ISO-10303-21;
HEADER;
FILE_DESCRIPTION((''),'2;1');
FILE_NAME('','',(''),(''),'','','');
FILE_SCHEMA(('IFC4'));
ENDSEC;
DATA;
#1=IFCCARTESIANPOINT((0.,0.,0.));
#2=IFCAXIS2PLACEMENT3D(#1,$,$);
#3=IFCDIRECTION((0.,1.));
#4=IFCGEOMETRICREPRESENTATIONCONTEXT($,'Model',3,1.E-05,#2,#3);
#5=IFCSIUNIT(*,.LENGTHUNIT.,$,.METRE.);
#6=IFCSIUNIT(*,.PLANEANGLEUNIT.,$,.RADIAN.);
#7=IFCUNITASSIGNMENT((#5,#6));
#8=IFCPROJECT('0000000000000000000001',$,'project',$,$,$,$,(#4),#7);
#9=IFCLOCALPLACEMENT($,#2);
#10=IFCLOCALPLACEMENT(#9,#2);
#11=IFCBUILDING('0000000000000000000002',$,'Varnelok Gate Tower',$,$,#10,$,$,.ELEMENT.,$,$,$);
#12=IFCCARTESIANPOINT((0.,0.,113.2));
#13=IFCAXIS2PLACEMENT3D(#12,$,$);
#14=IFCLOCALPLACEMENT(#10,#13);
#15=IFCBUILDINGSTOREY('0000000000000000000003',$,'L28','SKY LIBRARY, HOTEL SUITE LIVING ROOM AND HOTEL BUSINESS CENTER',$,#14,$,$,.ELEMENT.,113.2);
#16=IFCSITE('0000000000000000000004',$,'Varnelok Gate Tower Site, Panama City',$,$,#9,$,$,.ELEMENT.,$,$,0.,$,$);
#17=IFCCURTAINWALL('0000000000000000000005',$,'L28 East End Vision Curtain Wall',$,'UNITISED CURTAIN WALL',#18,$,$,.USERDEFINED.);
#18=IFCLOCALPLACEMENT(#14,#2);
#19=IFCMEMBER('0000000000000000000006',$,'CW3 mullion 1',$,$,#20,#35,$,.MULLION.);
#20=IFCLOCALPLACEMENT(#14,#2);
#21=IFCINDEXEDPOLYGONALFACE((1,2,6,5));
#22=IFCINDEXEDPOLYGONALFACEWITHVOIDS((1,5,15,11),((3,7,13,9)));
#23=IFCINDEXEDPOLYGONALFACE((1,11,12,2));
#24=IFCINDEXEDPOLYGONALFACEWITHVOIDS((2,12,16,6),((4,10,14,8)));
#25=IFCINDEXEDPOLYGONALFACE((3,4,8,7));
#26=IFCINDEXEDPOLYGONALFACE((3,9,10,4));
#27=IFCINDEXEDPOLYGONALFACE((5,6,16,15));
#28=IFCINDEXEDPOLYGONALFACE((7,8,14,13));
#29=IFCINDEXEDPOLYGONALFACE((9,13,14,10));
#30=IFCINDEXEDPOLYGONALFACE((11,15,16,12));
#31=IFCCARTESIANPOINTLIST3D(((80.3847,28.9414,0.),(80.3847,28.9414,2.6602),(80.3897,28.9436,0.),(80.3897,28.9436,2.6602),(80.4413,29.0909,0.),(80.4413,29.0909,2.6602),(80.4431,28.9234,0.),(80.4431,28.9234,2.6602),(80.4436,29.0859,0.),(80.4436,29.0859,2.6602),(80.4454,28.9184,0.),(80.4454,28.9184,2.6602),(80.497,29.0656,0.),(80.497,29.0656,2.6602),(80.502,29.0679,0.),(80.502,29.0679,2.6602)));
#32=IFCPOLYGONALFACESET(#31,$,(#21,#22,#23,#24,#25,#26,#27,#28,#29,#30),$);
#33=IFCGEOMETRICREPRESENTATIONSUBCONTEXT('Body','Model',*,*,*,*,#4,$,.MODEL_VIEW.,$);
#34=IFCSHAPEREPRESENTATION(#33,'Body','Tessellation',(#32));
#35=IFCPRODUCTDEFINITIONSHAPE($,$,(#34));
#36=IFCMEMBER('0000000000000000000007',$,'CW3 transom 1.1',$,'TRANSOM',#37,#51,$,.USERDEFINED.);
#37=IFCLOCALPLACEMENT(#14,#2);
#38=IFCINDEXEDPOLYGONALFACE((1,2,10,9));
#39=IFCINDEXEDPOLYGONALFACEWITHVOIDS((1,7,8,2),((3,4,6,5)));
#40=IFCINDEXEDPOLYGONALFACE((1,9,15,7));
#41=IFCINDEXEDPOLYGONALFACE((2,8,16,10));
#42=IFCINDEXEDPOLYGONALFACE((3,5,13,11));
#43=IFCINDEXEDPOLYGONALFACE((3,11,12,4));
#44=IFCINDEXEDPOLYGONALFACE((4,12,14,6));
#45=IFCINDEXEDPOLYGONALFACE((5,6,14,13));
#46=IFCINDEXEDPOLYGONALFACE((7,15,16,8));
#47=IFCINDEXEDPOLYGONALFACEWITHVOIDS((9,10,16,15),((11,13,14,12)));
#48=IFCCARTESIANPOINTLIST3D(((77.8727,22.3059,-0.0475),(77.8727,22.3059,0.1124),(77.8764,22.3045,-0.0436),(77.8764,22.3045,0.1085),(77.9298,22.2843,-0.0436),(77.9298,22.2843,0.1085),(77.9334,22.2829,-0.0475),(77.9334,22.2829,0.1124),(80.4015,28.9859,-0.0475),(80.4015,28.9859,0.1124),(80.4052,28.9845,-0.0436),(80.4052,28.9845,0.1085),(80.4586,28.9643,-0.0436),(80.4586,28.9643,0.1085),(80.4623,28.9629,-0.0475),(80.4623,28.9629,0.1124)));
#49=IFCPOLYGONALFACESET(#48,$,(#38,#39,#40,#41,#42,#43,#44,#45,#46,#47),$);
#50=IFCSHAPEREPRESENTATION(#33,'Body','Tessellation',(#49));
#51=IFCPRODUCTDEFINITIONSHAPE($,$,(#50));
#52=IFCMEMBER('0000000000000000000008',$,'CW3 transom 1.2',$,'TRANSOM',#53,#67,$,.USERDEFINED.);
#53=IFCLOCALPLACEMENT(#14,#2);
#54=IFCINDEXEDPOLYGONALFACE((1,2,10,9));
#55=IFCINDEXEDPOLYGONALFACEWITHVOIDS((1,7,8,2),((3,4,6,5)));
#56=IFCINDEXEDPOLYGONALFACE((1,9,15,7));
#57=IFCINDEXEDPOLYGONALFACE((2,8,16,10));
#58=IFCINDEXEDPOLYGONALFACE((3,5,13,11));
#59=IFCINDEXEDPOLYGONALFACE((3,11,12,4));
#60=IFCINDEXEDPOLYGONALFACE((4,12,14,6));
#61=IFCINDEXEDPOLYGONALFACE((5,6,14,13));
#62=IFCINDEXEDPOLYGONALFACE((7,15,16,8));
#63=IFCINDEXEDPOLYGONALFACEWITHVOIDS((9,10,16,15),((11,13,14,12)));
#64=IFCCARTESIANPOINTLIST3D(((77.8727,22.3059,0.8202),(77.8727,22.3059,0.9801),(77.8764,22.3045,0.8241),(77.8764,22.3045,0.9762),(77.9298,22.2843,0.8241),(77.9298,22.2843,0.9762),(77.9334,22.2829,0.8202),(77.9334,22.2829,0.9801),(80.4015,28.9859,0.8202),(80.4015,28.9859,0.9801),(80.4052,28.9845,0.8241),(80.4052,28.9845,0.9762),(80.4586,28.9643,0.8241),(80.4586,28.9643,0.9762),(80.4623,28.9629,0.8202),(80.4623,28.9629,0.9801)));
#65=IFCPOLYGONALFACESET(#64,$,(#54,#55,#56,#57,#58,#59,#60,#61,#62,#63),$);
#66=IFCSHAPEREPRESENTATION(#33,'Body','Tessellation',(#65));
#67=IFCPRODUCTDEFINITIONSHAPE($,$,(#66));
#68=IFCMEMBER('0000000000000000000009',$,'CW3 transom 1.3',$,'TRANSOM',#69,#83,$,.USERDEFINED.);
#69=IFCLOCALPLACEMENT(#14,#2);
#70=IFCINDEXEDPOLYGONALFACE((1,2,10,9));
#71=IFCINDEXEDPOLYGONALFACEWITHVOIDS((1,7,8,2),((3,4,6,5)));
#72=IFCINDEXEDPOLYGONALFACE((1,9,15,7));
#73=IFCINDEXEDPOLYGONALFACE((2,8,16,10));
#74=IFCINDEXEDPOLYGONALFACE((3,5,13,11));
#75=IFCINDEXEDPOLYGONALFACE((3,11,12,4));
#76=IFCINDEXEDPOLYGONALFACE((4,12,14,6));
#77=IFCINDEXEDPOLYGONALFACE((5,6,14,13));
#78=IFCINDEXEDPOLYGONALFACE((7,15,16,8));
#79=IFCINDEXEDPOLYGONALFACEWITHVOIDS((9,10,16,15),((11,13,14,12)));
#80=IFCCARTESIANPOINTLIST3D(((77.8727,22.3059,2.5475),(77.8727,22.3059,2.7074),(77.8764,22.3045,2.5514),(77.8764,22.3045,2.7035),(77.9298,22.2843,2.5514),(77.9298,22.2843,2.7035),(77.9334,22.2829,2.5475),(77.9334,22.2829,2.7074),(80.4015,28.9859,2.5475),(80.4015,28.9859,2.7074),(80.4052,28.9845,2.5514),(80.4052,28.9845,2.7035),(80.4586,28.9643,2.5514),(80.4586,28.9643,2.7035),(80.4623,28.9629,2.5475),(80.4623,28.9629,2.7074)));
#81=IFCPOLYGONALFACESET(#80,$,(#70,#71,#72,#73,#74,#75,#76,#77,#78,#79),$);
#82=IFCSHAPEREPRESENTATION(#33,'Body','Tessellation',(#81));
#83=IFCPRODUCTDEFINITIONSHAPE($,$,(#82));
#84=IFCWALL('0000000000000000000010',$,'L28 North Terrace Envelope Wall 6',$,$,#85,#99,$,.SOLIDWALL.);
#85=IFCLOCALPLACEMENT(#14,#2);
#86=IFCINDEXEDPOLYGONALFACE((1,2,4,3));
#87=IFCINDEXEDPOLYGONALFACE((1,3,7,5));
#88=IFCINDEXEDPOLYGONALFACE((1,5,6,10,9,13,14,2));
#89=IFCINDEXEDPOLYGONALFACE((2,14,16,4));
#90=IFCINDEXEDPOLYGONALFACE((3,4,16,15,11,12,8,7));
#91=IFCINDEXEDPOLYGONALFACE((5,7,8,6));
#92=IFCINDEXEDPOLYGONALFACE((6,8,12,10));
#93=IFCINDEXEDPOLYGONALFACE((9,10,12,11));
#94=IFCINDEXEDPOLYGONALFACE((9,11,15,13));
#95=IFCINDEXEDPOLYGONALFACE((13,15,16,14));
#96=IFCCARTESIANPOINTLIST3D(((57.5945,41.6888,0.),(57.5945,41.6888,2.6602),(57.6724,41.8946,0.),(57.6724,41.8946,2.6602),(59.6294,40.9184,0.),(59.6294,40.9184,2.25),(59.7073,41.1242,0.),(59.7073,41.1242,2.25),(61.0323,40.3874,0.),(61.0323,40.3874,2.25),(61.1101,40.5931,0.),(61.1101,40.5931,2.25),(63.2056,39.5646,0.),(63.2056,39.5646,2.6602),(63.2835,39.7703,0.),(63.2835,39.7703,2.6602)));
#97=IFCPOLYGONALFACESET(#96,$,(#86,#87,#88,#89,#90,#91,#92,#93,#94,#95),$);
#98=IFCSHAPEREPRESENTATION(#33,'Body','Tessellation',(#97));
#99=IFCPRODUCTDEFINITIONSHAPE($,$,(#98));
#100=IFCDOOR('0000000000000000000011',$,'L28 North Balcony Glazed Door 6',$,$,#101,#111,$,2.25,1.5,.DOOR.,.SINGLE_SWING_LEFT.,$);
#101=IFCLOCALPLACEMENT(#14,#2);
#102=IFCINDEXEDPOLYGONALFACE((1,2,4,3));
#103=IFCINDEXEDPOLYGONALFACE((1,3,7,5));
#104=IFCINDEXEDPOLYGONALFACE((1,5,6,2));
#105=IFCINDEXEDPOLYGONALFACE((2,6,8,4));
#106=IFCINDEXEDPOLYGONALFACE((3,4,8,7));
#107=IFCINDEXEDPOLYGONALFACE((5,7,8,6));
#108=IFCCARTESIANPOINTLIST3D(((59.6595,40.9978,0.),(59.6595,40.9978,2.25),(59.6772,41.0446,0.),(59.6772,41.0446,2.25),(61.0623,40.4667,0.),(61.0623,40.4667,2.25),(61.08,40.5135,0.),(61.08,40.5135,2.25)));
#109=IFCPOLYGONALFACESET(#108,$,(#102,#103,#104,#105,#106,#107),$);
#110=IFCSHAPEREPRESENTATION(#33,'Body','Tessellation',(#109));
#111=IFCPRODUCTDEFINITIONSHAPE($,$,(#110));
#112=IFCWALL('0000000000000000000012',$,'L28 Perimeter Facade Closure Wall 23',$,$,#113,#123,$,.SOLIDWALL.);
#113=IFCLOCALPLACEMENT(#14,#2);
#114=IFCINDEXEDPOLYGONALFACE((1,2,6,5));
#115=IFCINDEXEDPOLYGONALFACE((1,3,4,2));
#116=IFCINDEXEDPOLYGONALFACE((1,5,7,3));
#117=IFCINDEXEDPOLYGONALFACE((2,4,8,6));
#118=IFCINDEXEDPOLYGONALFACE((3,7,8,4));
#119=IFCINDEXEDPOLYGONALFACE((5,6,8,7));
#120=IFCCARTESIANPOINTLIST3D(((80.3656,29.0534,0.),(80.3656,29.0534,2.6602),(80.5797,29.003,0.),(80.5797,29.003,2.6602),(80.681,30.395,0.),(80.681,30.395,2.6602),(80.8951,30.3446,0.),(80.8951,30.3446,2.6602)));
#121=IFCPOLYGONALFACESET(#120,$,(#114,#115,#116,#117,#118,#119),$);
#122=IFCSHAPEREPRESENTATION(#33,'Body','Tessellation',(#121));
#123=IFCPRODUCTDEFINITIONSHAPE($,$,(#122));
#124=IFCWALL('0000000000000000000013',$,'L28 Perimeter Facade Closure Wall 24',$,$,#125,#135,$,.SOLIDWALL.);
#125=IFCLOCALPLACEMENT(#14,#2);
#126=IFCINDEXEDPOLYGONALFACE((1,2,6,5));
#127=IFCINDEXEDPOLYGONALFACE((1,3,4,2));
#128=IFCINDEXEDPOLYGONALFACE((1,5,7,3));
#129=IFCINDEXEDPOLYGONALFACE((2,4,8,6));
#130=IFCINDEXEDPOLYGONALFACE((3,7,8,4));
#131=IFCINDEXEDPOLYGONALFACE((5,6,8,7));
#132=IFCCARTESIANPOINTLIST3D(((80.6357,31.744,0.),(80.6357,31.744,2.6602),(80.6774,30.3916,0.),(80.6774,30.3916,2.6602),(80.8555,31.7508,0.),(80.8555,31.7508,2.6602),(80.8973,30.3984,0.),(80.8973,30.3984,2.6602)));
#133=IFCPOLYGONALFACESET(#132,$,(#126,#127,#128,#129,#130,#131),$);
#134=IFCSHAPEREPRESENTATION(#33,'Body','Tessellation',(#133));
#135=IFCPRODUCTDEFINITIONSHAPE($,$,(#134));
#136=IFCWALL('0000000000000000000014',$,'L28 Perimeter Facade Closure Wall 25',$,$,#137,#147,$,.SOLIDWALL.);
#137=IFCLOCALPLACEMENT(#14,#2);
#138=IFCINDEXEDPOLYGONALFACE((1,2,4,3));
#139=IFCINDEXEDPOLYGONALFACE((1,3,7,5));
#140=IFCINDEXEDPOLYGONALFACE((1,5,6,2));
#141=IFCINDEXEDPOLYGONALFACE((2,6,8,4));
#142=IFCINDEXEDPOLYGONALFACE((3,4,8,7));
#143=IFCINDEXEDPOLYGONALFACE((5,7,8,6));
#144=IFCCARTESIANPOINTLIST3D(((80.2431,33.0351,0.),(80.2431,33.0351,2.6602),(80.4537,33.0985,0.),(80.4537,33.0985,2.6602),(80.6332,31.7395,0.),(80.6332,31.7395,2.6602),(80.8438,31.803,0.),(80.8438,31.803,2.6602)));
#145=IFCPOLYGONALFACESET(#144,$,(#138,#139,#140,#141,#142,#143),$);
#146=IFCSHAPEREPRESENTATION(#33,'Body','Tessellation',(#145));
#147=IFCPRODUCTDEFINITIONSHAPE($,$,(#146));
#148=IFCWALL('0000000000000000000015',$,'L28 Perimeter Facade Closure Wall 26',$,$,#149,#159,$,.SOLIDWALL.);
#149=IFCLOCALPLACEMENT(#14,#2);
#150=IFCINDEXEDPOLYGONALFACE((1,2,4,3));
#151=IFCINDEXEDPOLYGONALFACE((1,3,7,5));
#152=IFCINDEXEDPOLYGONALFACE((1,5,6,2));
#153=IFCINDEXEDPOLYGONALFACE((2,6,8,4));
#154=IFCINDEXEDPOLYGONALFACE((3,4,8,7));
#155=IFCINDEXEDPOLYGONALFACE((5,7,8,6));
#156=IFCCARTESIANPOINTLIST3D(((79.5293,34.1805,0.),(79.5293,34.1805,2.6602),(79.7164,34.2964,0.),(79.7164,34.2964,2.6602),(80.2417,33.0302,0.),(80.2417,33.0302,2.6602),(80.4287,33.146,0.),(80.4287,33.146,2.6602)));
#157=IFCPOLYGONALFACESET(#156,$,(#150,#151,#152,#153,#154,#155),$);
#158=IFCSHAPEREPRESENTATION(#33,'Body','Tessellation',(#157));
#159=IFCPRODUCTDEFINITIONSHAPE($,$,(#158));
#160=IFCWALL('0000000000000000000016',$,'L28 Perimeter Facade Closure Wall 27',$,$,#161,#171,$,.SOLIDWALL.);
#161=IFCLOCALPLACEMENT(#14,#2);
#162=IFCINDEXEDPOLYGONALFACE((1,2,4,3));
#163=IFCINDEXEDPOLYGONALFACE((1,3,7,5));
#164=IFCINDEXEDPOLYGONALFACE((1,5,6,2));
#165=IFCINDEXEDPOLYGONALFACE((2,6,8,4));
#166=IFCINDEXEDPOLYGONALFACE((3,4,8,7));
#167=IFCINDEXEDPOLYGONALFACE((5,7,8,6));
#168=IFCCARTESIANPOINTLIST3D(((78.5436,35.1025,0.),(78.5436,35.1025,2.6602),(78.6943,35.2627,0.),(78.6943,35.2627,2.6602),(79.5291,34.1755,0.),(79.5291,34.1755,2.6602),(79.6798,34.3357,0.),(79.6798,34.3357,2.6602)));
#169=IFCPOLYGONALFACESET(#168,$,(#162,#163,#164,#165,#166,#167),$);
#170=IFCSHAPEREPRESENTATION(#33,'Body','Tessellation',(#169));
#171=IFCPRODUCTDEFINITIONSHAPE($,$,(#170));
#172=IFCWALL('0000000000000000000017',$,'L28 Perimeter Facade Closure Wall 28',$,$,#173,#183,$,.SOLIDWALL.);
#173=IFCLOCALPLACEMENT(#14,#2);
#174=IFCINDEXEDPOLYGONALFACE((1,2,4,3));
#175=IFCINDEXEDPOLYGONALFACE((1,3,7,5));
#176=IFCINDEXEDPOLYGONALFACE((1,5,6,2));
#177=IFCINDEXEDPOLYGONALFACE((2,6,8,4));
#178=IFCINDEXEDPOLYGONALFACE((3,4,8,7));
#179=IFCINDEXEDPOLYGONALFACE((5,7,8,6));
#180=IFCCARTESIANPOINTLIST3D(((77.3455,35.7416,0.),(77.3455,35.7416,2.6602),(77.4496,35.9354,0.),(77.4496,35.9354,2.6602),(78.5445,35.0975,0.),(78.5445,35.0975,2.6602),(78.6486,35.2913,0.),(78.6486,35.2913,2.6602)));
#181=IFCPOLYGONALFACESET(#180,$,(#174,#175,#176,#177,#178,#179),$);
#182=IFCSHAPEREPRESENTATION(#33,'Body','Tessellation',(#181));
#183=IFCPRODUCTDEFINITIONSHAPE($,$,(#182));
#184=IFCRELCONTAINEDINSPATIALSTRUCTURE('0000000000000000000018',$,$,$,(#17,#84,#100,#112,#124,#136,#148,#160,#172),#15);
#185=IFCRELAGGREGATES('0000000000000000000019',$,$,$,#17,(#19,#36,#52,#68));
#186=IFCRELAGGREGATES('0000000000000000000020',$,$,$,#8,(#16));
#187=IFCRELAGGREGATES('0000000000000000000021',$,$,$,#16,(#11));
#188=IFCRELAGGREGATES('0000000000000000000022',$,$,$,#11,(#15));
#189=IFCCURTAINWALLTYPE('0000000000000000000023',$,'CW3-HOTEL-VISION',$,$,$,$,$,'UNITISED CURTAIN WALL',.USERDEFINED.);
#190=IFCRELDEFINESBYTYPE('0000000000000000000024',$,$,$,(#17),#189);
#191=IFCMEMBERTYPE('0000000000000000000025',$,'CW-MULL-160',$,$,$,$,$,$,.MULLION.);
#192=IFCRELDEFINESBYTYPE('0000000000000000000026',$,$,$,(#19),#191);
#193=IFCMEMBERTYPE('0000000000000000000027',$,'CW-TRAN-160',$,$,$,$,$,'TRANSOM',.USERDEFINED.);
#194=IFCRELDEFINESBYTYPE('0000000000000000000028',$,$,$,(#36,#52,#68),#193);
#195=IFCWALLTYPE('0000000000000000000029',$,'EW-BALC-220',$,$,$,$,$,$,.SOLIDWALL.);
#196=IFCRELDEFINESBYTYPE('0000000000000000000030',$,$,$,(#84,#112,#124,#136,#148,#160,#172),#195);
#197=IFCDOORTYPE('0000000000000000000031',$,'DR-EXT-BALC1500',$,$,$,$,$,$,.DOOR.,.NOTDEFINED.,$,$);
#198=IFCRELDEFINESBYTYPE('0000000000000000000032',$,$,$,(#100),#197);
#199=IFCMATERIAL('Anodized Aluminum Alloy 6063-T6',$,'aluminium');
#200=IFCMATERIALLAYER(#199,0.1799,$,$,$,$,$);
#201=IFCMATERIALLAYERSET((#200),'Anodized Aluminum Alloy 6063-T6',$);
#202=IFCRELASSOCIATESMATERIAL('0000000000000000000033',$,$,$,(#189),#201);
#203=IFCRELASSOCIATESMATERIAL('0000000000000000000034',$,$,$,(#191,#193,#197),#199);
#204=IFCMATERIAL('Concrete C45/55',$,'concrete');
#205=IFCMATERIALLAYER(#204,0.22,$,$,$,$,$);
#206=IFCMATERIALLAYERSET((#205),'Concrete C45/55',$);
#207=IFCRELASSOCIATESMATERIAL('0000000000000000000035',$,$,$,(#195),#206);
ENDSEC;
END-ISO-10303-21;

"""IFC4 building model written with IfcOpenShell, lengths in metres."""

from ifc_helpers import new_model, si_unit, direction, frame, frame_2d, origin, origin_2d, place, context, subcontext, project, spatial, rectangle, hollow_rectangle, extrude, material, layer, layer_set, material_profile, profile_set, type_object, element, fill, aggregate, save


model = new_model("IFC4")

# Units and contexts
model_context = context("Model", 3, precision=1e-05, world=origin(), true_north=direction((0.0, 1.0)))
body_context = subcontext(model_context, "Body", "Model", "MODEL_VIEW")
ifc_project = project(units=[si_unit("LENGTHUNIT", "METRE"), si_unit("PLANEANGLEUNIT", "RADIAN")], contexts=[model_context])

# Site, building, storey
site_placement = place(None, origin())
site = spatial("IfcSite", under=ifc_project, at=site_placement, Name="Varnelok Gate Tower Site, Panama City", CompositionType="ELEMENT", RefElevation=0.0)
building_placement = place(site_placement, origin())
building = spatial("IfcBuilding", under=site, at=building_placement, Name="Varnelok Gate Tower", CompositionType="ELEMENT")
storey_placement = place(building_placement, frame((0.0, 0.0, 113.2)))
storey = spatial("IfcBuildingStorey", under=building, at=storey_placement, Name="L28", Description="SKY LIBRARY, HOTEL SUITE LIVING ROOM AND HOTEL BUSINESS CENTER", CompositionType="ELEMENT", Elevation=113.2)

# Curtain wall, members
ifc_material_1 = material(Name="Anodized Aluminum Alloy 6063-T6", Category="aluminium")
ifc_layer_1 = layer(ifc_material_1, 0.1799)
ifc_layer_set_1 = layer_set([ifc_layer_1], Name="Anodized Aluminum Alloy 6063-T6")
curtain_wall_type = type_object("IfcCurtainWallType", Name="CW3-HOTEL-VISION", ElementType="UNITISED CURTAIN WALL", PredefinedType="USERDEFINED", material=ifc_layer_set_1)
curtain_wall_placement = place(storey_placement, origin())
curtain_wall = element("IfcCurtainWall", 1, at=curtain_wall_placement, inside=storey, type_object=curtain_wall_type, Name="L28 East End Vision Curtain Wall", ObjectType="UNITISED CURTAIN WALL", PredefinedType="USERDEFINED")
ifc_material_profile_1 = material_profile(ifc_material_1, hollow_rectangle(XDim=0.0649, YDim=0.1599, WallThickness=0.0039, at=origin_2d()), Name="ALU160X65X4")
ifc_profile_set_1 = profile_set([ifc_material_profile_1], Name="Anodized Aluminum Alloy 6063-T6")
member_type_1 = type_object("IfcMemberType", Name="CW-MULL-160", PredefinedType="MULLION", material=ifc_profile_set_1)
member_1_placement = place(storey_placement, frame((80.4434, 29.0046, 0.0), z_axis=(0.0, 0.0, 1.0), x_axis=(0.935221, -0.354064, 0.0)))
member_1 = element("IfcMember", 2, at=member_1_placement, type_object=member_type_1, Name="CW3 mullion 1", PredefinedType="MULLION", context=body_context, shape_type="SweptSolid", body=[
    extrude(hollow_rectangle(XDim=0.0649, YDim=0.1599, WallThickness=0.0039, at=origin_2d()), origin(), (0.0, 0.0, 1.0), 2.6602),
])
ifc_material_profile_2 = material_profile(ifc_material_1, hollow_rectangle(XDim=0.0649, YDim=0.1599, WallThickness=0.0039, at=origin_2d()), Name="ALU160X65X4")
ifc_profile_set_2 = profile_set([ifc_material_profile_2], Name="Anodized Aluminum Alloy 6063-T6")
member_type_2 = type_object("IfcMemberType", Name="CW-TRAN-160", ElementType="TRANSOM", PredefinedType="USERDEFINED", material=ifc_profile_set_2)
member_2_placement = place(storey_placement, frame((80.4319, 28.9744, 0.0325), z_axis=(-0.354047, -0.935228, 0.0), x_axis=(0.935228, -0.354047, 0.0)))
member_2 = element("IfcMember", 3, at=member_2_placement, type_object=member_type_2, Name="CW3 transom 1.1", ObjectType="TRANSOM", PredefinedType="USERDEFINED", context=body_context, shape_type="SweptSolid", body=[
    extrude(hollow_rectangle(XDim=0.0649, YDim=0.1599, WallThickness=0.0039, at=origin_2d()), origin(), (0.0, 0.0, 1.0), 7.1426),
])
member_3_placement = place(storey_placement, frame((80.4319, 28.9744, 0.9001), z_axis=(-0.354047, -0.935228, 0.0), x_axis=(0.935228, -0.354047, 0.0)))
member_3 = element("IfcMember", 4, at=member_3_placement, type_object=member_type_2, Name="CW3 transom 1.2", ObjectType="TRANSOM", PredefinedType="USERDEFINED", context=body_context, shape_type="SweptSolid", body=[
    extrude(hollow_rectangle(XDim=0.0649, YDim=0.1599, WallThickness=0.0039, at=origin_2d()), origin(), (0.0, 0.0, 1.0), 7.1426),
])
member_4_placement = place(storey_placement, frame((80.4319, 28.9744, 2.6274), z_axis=(-0.354047, -0.935228, 0.0), x_axis=(0.935228, -0.354047, 0.0)))
member_4 = element("IfcMember", 5, at=member_4_placement, type_object=member_type_2, Name="CW3 transom 1.3", ObjectType="TRANSOM", PredefinedType="USERDEFINED", context=body_context, shape_type="SweptSolid", body=[
    extrude(hollow_rectangle(XDim=0.0649, YDim=0.1599, WallThickness=0.0039, at=origin_2d()), origin(), (0.0, 0.0, 1.0), 7.1426),
])
aggregate(curtain_wall, [member_1, member_2, member_3, member_4])

# Wall, opening, door
ifc_material_2 = material(Name="Concrete C45/55", Category="concrete")
ifc_layer_2 = layer(ifc_material_2, 0.22)
ifc_layer_set_2 = layer_set([ifc_layer_2], Name="Concrete C45/55")
wall_type = type_object("IfcWallType", Name="EW-BALC-220", PredefinedType="SOLIDWALL", material=ifc_layer_set_2)
wall_1_placement = place(storey_placement, frame((57.6333, 41.7917, 0.0), z_axis=(0.0, 0.0, 1.0), x_axis=(0.935223, -0.35406, 0.0)))
wall_1 = element("IfcWall", 6, at=wall_1_placement, inside=storey, type_object=wall_type, Name="L28 North Terrace Envelope Wall 6", PredefinedType="SOLIDWALL", context=body_context, shape_type="SweptSolid", body=[
    extrude(rectangle(XDim=5.9998, YDim=0.22, at=frame_2d((3.0, 0.0))), origin(), (0.0, 0.0, 1.0), 2.6602),
])
opening_1_placement = place(wall_1_placement, frame((2.176, 0.0, 0.0)))
opening_1 = element("IfcOpeningElement", 7, at=opening_1_placement, cuts=wall_1, PredefinedType="OPENING", context=body_context, shape_type="SweptSolid", body=[
    extrude(rectangle(XDim=1.5, YDim=2.25, at=frame_2d((0.75, 1.125))), frame((0.0, 0.1199, 0.0), z_axis=(0.0, -1.0, 0.0), x_axis=(1.0, 0.0, 0.0)), (0.0, 0.0, 1.0), 0.24),
])
door_type = type_object("IfcDoorType", Name="DR-EXT-BALC1500", OperationType="NOTDEFINED", PredefinedType="DOOR", material=ifc_material_1)
door_placement = place(opening_1_placement, origin())
door = element("IfcDoor", 8, at=door_placement, inside=storey, type_object=door_type, Name="L28 North Balcony Glazed Door 6", OperationType="SINGLE_SWING_LEFT", OverallHeight=2.25, OverallWidth=1.5, PredefinedType="DOOR", context=body_context, shape_type="SweptSolid", body=[
    extrude(rectangle(XDim=1.5, YDim=2.25, at=frame_2d((0.75, 1.125))), frame((0.0, 0.0249, 0.0), z_axis=(0.0, -1.0, 0.0), x_axis=(1.0, 0.0, 0.0)), (0.0, 0.0, 1.0), 0.05),
])
fill(opening_1, door)

# Walls
wall_2_placement = place(storey_placement, frame((80.4727, 29.0283, 0.0), z_axis=(0.0, 0.0, 1.0), x_axis=(0.228881, 0.973454, 0.0)))
element("IfcWall", 9, at=wall_2_placement, inside=storey, type_object=wall_type, Name="L28 Perimeter Facade Closure Wall 23", PredefinedType="SOLIDWALL", context=body_context, shape_type="SweptSolid", body=[
    extrude(rectangle(XDim=1.3782, YDim=0.22, at=frame_2d((0.689, 0.0))), origin(), (0.0, 0.0, 1.0), 2.6602),
])
for number, where, z_axis, x_axis, name in (
    (10, (80.7874, 30.395, 0.0), (0.0, 0.0, 1.0), (-0.030857, 0.999524, 0.0), "L28 Perimeter Facade Closure Wall 24"),
    (11, (80.7385, 31.7712, 0.0), (0.0, 0.0, 1.0), (-0.288324, 0.957533, 0.0), "L28 Perimeter Facade Closure Wall 25"),
    (12, (80.3352, 33.0881, 0.0), (0.0, 0.0, 1.0), (-0.526491, 0.850181, 0.0), "L28 Perimeter Facade Closure Wall 26"),
    (13, (79.6045, 34.2556, 0.0), (0.0, 0.0, 1.0), (-0.728428, 0.685123, 0.0), "L28 Perimeter Facade Closure Wall 27"),
):
    element("IfcWall", number, at=place(storey_placement, frame(where, z_axis=z_axis, x_axis=x_axis)), inside=storey, type_object=wall_type, Name=name, PredefinedType="SOLIDWALL", context=body_context, shape_type="SweptSolid", body=[
        extrude(rectangle(XDim=1.353, YDim=0.22, at=frame_2d((0.6765, 0.0))), origin(), (0.0, 0.0, 1.0), 2.6602),
    ])
wall_3_placement = place(storey_placement, frame((78.5967, 35.1943, 0.0), z_axis=(0.0, 0.0, 1.0), x_axis=(-0.880949, 0.473212, 0.0)))
element("IfcWall", 14, at=wall_3_placement, inside=storey, type_object=wall_type, Name="L28 Perimeter Facade Closure Wall 28", PredefinedType="SOLIDWALL", context=body_context, shape_type="SweptSolid", body=[
    extrude(rectangle(XDim=1.3611, YDim=0.22, at=frame_2d((0.6807, 0.0))), origin(), (0.0, 0.0, 1.0), 2.6602),
])

save(model, "model.ifc")
